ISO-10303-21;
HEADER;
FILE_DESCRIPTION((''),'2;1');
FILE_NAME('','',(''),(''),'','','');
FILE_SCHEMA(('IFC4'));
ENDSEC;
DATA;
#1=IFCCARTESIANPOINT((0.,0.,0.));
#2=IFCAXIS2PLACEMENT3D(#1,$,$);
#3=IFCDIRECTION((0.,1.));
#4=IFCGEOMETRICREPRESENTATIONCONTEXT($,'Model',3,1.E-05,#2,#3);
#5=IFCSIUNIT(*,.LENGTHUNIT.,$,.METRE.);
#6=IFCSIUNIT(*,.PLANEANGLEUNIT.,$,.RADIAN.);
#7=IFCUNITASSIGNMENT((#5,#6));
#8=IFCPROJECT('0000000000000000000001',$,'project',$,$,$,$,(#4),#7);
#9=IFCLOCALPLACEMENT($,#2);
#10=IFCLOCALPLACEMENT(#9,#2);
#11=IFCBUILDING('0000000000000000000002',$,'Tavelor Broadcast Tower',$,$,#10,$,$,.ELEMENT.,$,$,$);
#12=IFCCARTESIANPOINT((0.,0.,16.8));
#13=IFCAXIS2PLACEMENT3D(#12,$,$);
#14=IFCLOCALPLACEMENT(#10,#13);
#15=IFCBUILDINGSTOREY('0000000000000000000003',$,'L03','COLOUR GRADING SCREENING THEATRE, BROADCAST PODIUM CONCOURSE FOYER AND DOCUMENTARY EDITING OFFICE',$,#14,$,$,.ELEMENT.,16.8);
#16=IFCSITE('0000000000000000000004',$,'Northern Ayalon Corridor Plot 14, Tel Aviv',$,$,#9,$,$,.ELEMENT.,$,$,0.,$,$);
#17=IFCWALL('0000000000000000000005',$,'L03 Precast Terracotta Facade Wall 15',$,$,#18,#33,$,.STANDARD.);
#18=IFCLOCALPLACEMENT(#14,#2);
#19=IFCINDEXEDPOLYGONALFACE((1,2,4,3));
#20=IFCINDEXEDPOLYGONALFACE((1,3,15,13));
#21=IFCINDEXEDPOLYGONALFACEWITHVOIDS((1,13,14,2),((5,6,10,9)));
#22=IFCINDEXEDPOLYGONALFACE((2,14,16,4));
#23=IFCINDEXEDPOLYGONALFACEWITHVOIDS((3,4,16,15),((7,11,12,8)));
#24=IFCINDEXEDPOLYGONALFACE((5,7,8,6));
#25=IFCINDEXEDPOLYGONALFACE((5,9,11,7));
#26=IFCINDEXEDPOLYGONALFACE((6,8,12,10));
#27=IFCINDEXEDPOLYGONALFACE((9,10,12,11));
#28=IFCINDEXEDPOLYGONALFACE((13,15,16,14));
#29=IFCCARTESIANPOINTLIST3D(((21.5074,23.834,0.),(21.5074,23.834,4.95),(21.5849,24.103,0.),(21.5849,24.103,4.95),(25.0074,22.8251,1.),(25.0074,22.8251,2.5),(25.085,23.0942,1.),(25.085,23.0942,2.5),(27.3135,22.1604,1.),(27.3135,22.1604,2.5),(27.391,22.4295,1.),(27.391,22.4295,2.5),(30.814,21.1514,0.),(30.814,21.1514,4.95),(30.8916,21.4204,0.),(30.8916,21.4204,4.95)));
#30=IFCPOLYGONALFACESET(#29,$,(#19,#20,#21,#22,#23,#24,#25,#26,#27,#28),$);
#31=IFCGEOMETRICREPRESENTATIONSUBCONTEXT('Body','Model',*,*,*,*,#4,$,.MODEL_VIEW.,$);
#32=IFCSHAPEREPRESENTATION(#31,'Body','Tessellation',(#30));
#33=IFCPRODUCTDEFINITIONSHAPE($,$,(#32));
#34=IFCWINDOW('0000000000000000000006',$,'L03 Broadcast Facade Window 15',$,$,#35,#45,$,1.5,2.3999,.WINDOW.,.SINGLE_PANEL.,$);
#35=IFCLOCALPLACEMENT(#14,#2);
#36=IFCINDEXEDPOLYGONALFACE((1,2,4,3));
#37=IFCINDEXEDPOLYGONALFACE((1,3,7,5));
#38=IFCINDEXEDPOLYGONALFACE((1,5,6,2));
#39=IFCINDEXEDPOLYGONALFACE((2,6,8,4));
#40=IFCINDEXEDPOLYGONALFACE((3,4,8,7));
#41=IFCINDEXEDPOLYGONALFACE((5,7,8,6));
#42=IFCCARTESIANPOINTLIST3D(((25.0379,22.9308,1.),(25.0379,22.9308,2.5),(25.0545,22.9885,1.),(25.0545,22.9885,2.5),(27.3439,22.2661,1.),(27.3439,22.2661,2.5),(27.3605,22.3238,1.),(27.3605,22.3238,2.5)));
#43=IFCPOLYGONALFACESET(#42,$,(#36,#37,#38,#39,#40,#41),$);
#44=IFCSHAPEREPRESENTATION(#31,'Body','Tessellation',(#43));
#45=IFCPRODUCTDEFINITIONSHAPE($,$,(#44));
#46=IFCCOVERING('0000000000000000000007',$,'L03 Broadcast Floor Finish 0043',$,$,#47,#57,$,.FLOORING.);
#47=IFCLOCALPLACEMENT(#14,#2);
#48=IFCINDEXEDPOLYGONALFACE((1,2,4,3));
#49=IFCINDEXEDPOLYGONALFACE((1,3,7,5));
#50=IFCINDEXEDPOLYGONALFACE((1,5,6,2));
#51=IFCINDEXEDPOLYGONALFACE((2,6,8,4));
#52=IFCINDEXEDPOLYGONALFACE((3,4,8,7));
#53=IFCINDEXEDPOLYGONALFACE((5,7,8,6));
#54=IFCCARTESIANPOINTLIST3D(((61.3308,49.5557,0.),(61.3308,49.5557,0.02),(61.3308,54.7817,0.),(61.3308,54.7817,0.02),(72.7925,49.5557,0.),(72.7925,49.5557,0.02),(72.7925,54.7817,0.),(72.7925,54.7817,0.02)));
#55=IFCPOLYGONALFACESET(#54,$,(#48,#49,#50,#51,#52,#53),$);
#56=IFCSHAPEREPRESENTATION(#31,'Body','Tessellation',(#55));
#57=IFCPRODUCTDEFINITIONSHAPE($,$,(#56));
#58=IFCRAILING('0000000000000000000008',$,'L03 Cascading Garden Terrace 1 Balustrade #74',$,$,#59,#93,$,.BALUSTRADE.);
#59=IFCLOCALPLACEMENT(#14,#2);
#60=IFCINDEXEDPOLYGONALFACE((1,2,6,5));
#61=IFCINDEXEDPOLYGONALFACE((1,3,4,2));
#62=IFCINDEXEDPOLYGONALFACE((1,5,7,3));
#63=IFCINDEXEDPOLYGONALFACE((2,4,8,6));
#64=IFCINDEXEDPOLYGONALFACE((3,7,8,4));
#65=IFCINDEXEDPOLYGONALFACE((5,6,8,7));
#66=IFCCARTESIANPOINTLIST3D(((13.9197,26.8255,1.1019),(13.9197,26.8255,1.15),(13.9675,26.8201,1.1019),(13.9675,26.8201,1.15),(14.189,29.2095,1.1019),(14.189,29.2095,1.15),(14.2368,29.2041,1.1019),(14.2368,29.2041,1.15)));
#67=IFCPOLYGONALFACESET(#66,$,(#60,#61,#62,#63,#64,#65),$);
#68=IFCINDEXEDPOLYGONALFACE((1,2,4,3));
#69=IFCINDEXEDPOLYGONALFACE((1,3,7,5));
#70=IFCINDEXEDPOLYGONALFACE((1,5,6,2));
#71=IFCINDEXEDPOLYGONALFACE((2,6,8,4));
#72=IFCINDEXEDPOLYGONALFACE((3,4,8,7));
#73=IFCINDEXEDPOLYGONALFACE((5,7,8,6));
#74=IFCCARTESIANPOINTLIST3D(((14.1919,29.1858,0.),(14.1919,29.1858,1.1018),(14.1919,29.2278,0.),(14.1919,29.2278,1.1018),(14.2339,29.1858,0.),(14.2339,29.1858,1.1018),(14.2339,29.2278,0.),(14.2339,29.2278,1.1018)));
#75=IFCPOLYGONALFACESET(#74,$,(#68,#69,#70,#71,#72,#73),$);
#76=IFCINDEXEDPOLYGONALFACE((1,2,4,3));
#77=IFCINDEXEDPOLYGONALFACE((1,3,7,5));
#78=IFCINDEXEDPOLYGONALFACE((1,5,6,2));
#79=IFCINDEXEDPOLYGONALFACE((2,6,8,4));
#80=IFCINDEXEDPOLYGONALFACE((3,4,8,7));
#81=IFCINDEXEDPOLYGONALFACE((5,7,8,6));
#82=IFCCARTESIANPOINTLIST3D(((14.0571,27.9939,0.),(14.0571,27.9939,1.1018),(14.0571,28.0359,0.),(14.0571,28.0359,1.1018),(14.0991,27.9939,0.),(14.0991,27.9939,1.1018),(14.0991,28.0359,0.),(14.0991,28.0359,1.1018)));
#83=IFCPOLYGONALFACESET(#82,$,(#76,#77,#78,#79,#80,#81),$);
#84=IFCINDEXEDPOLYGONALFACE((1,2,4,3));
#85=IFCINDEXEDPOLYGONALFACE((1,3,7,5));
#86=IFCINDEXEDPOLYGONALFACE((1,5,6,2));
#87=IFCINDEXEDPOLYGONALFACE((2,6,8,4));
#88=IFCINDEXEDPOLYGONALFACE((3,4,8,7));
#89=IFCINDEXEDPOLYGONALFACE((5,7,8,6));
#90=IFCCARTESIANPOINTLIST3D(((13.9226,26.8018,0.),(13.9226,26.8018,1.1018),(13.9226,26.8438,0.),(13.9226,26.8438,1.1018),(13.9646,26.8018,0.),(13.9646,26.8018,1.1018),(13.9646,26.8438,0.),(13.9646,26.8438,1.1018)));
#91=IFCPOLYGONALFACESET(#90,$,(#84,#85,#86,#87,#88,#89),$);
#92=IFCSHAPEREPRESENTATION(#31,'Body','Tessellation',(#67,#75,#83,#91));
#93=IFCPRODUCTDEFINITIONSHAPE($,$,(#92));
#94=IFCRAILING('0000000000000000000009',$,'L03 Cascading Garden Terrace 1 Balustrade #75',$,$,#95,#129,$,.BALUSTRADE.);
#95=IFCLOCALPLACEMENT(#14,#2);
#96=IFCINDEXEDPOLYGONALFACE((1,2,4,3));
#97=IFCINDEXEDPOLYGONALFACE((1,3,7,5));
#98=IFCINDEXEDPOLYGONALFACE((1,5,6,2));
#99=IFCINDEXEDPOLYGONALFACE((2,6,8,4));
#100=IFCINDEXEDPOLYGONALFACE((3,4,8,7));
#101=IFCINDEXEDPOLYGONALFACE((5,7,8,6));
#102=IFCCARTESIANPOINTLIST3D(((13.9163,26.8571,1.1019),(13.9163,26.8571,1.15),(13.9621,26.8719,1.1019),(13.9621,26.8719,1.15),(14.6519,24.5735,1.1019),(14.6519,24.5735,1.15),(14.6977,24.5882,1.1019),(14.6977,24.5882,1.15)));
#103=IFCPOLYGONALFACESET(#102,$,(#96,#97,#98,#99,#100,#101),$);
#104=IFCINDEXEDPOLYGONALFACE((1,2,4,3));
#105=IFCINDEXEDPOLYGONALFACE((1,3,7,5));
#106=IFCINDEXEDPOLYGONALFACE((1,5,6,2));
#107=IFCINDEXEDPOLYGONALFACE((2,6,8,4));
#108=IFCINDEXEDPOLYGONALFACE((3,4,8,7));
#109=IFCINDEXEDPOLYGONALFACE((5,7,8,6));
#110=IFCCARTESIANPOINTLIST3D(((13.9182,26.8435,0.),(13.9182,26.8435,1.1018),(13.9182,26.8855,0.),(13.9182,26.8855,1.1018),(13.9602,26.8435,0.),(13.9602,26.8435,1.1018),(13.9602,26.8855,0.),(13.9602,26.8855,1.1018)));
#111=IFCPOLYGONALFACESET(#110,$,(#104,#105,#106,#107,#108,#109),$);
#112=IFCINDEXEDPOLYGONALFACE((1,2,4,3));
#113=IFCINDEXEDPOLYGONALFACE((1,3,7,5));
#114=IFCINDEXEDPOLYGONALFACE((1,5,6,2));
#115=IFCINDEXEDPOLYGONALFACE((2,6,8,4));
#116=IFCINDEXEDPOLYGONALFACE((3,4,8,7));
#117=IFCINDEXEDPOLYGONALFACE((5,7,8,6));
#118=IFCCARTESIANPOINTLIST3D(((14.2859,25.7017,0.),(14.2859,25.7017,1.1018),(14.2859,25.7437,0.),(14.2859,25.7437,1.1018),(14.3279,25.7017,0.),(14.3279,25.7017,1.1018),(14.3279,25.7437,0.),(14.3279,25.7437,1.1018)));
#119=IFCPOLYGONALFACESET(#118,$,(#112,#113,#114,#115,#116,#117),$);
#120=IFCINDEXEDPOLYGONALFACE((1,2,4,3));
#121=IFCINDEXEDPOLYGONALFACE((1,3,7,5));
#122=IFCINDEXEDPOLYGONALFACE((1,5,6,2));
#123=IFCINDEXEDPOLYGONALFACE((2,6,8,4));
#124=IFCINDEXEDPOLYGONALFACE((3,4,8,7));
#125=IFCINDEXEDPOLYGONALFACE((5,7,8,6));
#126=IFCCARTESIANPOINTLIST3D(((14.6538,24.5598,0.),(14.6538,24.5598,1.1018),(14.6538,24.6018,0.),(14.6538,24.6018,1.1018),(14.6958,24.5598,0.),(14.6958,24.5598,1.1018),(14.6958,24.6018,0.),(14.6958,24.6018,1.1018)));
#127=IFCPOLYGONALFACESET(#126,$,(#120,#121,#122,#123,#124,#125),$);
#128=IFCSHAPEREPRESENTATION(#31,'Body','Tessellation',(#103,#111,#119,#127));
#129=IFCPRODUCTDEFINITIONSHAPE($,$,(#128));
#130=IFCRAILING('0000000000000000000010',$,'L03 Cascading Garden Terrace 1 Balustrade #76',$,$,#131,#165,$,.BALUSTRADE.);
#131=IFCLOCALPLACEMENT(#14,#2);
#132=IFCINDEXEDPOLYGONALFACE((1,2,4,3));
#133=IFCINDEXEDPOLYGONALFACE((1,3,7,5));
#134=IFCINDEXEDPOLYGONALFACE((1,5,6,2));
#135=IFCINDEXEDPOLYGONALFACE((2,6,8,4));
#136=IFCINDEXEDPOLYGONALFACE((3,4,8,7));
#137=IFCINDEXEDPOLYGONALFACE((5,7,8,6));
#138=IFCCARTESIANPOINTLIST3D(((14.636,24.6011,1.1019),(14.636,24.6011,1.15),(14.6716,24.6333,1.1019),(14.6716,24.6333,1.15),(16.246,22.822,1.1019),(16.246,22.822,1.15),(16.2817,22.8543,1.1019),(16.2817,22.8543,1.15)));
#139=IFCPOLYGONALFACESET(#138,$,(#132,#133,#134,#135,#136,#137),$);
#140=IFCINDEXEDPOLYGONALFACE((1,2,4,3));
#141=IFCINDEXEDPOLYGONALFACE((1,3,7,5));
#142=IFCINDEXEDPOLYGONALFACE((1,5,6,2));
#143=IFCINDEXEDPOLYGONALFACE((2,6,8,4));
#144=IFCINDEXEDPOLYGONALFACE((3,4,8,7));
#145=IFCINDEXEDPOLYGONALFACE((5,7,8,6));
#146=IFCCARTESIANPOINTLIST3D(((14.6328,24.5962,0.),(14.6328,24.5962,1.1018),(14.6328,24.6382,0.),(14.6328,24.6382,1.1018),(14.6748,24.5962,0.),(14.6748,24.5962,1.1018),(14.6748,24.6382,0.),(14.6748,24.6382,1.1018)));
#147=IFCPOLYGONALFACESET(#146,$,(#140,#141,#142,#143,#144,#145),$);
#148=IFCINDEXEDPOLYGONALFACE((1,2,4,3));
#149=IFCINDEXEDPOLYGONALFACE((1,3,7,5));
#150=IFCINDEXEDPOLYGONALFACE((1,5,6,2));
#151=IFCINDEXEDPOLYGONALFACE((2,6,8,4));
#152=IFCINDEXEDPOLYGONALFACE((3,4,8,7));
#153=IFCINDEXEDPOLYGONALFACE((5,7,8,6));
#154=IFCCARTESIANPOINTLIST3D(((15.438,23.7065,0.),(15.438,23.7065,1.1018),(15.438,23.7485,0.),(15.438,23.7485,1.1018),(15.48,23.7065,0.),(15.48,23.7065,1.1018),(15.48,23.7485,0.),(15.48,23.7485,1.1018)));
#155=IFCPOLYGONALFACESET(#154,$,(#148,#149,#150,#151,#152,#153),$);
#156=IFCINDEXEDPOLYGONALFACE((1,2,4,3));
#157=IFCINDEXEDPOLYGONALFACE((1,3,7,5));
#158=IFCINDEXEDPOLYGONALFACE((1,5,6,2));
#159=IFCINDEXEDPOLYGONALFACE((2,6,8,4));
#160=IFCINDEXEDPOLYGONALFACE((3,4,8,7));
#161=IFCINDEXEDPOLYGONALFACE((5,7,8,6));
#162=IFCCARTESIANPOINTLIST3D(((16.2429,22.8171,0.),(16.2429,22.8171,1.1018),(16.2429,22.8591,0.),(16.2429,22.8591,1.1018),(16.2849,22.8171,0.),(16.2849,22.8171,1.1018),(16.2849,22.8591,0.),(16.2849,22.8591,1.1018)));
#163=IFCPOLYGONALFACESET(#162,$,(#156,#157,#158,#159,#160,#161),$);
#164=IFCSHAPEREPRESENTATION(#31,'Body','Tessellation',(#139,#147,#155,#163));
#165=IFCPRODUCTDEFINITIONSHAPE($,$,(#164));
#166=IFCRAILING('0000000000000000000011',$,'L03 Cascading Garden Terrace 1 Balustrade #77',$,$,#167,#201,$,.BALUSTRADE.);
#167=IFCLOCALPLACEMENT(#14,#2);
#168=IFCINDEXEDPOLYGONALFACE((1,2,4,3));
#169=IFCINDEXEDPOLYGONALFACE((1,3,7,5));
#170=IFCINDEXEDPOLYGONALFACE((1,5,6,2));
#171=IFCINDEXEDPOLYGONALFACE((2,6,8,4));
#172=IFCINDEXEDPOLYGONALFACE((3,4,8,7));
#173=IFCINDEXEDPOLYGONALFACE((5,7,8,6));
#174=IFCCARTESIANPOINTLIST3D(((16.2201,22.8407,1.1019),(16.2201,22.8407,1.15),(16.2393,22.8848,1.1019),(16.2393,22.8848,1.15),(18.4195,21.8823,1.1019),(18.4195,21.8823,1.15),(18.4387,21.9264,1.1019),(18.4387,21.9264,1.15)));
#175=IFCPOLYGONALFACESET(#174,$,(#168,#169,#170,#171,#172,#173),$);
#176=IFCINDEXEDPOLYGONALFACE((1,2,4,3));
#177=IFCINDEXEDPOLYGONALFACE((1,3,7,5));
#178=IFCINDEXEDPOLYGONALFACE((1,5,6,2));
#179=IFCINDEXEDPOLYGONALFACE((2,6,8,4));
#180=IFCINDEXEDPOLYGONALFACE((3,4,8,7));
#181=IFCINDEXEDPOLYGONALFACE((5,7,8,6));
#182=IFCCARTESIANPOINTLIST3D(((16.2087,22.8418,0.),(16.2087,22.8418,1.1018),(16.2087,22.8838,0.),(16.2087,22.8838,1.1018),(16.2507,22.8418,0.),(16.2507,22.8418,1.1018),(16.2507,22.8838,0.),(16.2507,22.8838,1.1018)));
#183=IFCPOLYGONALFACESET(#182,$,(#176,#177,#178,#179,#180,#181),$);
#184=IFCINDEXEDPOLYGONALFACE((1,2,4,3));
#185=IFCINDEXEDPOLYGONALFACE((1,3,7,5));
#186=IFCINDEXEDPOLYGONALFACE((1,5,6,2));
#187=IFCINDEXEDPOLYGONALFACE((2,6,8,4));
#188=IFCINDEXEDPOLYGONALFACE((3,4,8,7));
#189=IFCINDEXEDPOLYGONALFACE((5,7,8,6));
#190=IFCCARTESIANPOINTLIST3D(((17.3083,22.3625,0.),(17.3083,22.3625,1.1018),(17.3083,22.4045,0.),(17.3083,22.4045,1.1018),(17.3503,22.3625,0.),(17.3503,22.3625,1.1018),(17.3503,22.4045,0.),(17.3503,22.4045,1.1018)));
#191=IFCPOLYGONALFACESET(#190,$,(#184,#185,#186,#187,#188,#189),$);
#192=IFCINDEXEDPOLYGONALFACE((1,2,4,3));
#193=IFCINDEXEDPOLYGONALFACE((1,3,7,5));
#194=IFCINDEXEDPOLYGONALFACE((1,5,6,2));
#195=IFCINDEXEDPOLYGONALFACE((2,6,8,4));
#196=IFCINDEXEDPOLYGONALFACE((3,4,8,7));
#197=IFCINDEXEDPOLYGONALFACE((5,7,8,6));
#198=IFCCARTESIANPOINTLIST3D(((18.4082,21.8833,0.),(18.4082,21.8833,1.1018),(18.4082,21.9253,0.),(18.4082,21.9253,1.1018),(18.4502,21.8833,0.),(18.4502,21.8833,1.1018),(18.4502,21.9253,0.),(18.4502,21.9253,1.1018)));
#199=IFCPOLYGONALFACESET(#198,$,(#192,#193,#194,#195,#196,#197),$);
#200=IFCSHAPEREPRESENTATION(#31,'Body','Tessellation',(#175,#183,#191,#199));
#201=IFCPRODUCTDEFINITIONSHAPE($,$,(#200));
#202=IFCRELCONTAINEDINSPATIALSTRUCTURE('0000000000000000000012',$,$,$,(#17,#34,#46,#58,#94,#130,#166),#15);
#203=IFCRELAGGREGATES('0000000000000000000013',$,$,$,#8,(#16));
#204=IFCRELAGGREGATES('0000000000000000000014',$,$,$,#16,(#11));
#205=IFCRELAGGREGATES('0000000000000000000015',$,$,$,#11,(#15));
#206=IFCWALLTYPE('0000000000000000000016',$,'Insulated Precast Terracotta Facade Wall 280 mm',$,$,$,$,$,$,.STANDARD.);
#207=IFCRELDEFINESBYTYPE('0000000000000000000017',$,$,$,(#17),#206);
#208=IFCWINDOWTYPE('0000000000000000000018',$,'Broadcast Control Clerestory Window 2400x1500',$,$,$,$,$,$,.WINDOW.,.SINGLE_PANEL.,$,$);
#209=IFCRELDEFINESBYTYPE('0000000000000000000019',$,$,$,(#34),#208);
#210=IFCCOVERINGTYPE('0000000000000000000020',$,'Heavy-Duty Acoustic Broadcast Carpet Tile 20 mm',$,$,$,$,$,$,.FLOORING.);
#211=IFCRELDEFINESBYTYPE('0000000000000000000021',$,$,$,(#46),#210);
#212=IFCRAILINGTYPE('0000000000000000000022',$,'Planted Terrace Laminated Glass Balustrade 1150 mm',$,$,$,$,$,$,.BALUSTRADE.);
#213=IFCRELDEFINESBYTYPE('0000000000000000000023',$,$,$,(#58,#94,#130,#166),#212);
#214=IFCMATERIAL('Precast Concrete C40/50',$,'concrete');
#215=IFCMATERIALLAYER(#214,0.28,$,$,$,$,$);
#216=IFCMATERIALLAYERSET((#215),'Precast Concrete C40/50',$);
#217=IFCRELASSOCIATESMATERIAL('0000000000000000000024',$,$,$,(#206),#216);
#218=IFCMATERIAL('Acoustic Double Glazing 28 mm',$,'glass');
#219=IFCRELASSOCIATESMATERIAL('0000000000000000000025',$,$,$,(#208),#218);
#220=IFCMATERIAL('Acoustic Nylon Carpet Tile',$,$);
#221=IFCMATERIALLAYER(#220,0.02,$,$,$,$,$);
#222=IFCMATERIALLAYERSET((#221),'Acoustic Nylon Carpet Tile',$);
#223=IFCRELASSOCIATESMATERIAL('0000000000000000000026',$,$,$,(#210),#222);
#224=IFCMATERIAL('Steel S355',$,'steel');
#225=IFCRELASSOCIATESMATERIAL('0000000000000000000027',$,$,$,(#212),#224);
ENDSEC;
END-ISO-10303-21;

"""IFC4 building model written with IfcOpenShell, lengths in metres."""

from ifc_helpers import new_model, si_unit, direction, frame, frame_2d, origin, origin_2d, place, context, subcontext, project, spatial, polyline, rectangle, outline, extrude, material, layer, layer_set, type_object, element, fill, save


model = new_model("IFC4")

# Units and contexts
model_context = context("Model", 3, precision=1e-05, world=origin(), true_north=direction((0.0, 1.0)))
body_context = subcontext(model_context, "Body", "Model", "MODEL_VIEW")
ifc_project = project(units=[si_unit("LENGTHUNIT", "METRE"), si_unit("PLANEANGLEUNIT", "RADIAN")], contexts=[model_context])

# Site, building, storey
site_placement = place(None, origin())
site = spatial("IfcSite", under=ifc_project, at=site_placement, Name="Northern Ayalon Corridor Plot 14, Tel Aviv", CompositionType="ELEMENT", RefElevation=0.0)
building_placement = place(site_placement, origin())
building = spatial("IfcBuilding", under=site, at=building_placement, Name="Tavelor Broadcast Tower", CompositionType="ELEMENT")
storey_placement = place(building_placement, frame((0.0, 0.0, 16.8)))
storey = spatial("IfcBuildingStorey", under=building, at=storey_placement, Name="L03", Description="COLOUR GRADING SCREENING THEATRE, BROADCAST PODIUM CONCOURSE FOYER AND DOCUMENTARY EDITING OFFICE", CompositionType="ELEMENT", Elevation=16.8)

# Shared definitions
ifc_material_1 = material(Name="Steel S355", Category="steel")

# Shared definitions
ifc_material_2 = material(Name="Precast Concrete C40/50", Category="concrete")
ifc_layer_1 = layer(ifc_material_2, 0.28)
ifc_layer_set_1 = layer_set([ifc_layer_1], Name="Precast Concrete C40/50")
wall_type = type_object("IfcWallType", Name="Insulated Precast Terracotta Facade Wall 280 mm", PredefinedType="STANDARD", material=ifc_layer_set_1)

# Wall, opening, window
wall_1_placement = place(storey_placement, frame((21.5461, 23.9685, 0.0), z_axis=(0.0, 0.0, 1.0), x_axis=(0.960878, -0.276971, 0.0)))
wall_1 = element("IfcWall", 1, at=wall_1_placement, inside=storey, type_object=wall_type, Name="L03 Precast Terracotta Facade Wall 15", PredefinedType="STANDARD", context=body_context, shape_type="SweptSolid", body=[
    extrude(rectangle(XDim=9.6855, YDim=0.28, at=frame_2d((4.8428, 0.0))), origin(), (0.0, 0.0, 1.0), 4.95),
])
opening_placement = place(wall_1_placement, frame((3.6426, 0.0, 1.0)))
opening = element("IfcOpeningElement", 2, at=opening_placement, cuts=wall_1, PredefinedType="OPENING", context=body_context, shape_type="SweptSolid", body=[
    extrude(rectangle(XDim=2.3999, YDim=1.5, at=frame_2d((1.2, 0.75))), frame((0.0, 0.1499, 0.0), z_axis=(0.0, -1.0, 0.0), x_axis=(1.0, 0.0, 0.0)), (0.0, 0.0, 1.0), 0.3),
])
ifc_material_3 = material(Name="Acoustic Double Glazing 28 mm", Category="glass")
window_type = type_object("IfcWindowType", Name="Broadcast Control Clerestory Window 2400x1500", PartitioningType="SINGLE_PANEL", PredefinedType="WINDOW", material=ifc_material_3)
window_placement = place(opening_placement, origin())
window = element("IfcWindow", 3, at=window_placement, inside=storey, type_object=window_type, Name="L03 Broadcast Facade Window 15", OverallHeight=1.5, OverallWidth=2.3999, PartitioningType="SINGLE_PANEL", PredefinedType="WINDOW", context=body_context, shape_type="SweptSolid", body=[
    extrude(rectangle(XDim=2.3999, YDim=1.5, at=frame_2d((1.2, 0.75))), frame((0.0, 0.03, 0.0), z_axis=(0.0, -1.0, 0.0), x_axis=(1.0, 0.0, 0.0)), (0.0, 0.0, 1.0), 0.0601),
])
fill(opening, window)

# Covering
ifc_material_4 = material(Name="Acoustic Nylon Carpet Tile")
ifc_layer_2 = layer(ifc_material_4, 0.02)
ifc_layer_set_2 = layer_set([ifc_layer_2], Name="Acoustic Nylon Carpet Tile")
covering_type_1 = type_object("IfcCoveringType", Name="Heavy-Duty Acoustic Broadcast Carpet Tile 20 mm", PredefinedType="FLOORING", material=ifc_layer_set_2)
covering_1_placement = place(storey_placement, origin())
element("IfcCovering", 4, at=covering_1_placement, inside=storey, type_object=covering_type_1, Name="L03 Broadcast Floor Finish 0043", PredefinedType="FLOORING", context=body_context, shape_type="SweptSolid", body=[
    extrude(outline(polyline([(61.3308, 49.5557), (72.7925, 49.5557), (72.7925, 54.7817), (61.3308, 54.7817), (61.3308, 49.5557)])), origin(), (0.0, 0.0, 1.0), 0.02),
])

# Railings
railing_type = type_object("IfcRailingType", Name="Planted Terrace Laminated Glass Balustrade 1150 mm", PredefinedType="BALUSTRADE", material=ifc_material_1)
railing_1_placement = place(storey_placement, frame((14.2129, 29.2068, 0.0)))
element("IfcRailing", 5, at=railing_1_placement, inside=storey, type_object=railing_type, Name="L03 Cascading Garden Terrace 1 Balustrade #74", PredefinedType="BALUSTRADE", context=body_context, shape_type="SweptSolid", body=[
    extrude(rectangle(XDim=0.0481, YDim=0.0481, at=origin_2d()), frame((0.0, 0.0, 1.126), z_axis=(-0.112241, -0.993681, 0.0), x_axis=(0.993681, -0.112241, 0.0)), (0.0, 0.0, 1.0), 2.3992),
    extrude(rectangle(XDim=0.042, YDim=0.042, at=origin_2d()), origin(), (0.0, 0.0, 1.0), 1.1018),
    extrude(rectangle(XDim=0.042, YDim=0.042, at=origin_2d()), frame((-0.1348, -1.1919, 0.0)), (0.0, 0.0, 1.0), 1.1018),
    extrude(rectangle(XDim=0.042, YDim=0.042, at=origin_2d()), frame((-0.2693, -2.384, 0.0)), (0.0, 0.0, 1.0), 1.1018),
])
railing_2_placement = place(storey_placement, frame((13.9392, 26.8645, 0.0)))
element("IfcRailing", 6, at=railing_2_placement, inside=storey, type_object=railing_type, Name="L03 Cascading Garden Terrace 1 Balustrade #75", PredefinedType="BALUSTRADE", context=body_context, shape_type="SweptSolid", body=[
    extrude(rectangle(XDim=0.0481, YDim=0.0481, at=origin_2d()), frame((0.0, 0.0, 1.126), z_axis=(0.306595, -0.95184, 0.0), x_axis=(0.95184, 0.306595, 0.0)), (0.0, 0.0, 1.0), 2.3992),
    extrude(rectangle(XDim=0.042, YDim=0.042, at=origin_2d()), origin(), (0.0, 0.0, 1.0), 1.1018),
    extrude(rectangle(XDim=0.042, YDim=0.042, at=origin_2d()), frame((0.3677, -1.1418, 0.0)), (0.0, 0.0, 1.0), 1.1018),
    extrude(rectangle(XDim=0.042, YDim=0.042, at=origin_2d()), frame((0.7356, -2.2837, 0.0)), (0.0, 0.0, 1.0), 1.1018),
])
railing_3_placement = place(storey_placement, frame((14.6538, 24.6172, 0.0)))
element("IfcRailing", 7, at=railing_3_placement, inside=storey, type_object=railing_type, Name="L03 Cascading Garden Terrace 1 Balustrade #76", PredefinedType="BALUSTRADE", context=body_context, shape_type="SweptSolid", body=[
    extrude(rectangle(XDim=0.0481, YDim=0.0481, at=origin_2d()), frame((0.0, 0.0, 1.126), z_axis=(0.671025, -0.741435, 0.0), x_axis=(0.741435, 0.671025, 0.0)), (0.0, 0.0, 1.0), 2.3994),
    extrude(rectangle(XDim=0.042, YDim=0.042, at=origin_2d()), origin(), (0.0, 0.0, 1.0), 1.1018),
    extrude(rectangle(XDim=0.042, YDim=0.042, at=origin_2d()), frame((0.8052, -0.8896, 0.0)), (0.0, 0.0, 1.0), 1.1018),
    extrude(rectangle(XDim=0.042, YDim=0.042, at=origin_2d()), frame((1.6101, -1.7791, 0.0)), (0.0, 0.0, 1.0), 1.1018),
])
railing_4_placement = place(storey_placement, frame((16.2297, 22.8628, 0.0)))
element("IfcRailing", 8, at=railing_4_placement, inside=storey, type_object=railing_type, Name="L03 Cascading Garden Terrace 1 Balustrade #77", PredefinedType="BALUSTRADE", context=body_context, shape_type="SweptSolid", body=[
    extrude(rectangle(XDim=0.0481, YDim=0.0481, at=origin_2d()), frame((0.0, 0.0, 1.126), z_axis=(0.916733, -0.3995, 0.0), x_axis=(0.3995, 0.916733, 0.0)), (0.0, 0.0, 1.0), 2.3992),
    extrude(rectangle(XDim=0.042, YDim=0.042, at=origin_2d()), origin(), (0.0, 0.0, 1.0), 1.1018),
    extrude(rectangle(XDim=0.042, YDim=0.042, at=origin_2d()), frame((1.0996, -0.4792, 0.0)), (0.0, 0.0, 1.0), 1.1018),
    extrude(rectangle(XDim=0.042, YDim=0.042, at=origin_2d()), frame((2.1995, -0.9585, 0.0)), (0.0, 0.0, 1.0), 1.1018),
])

save(model, "model.ifc")
